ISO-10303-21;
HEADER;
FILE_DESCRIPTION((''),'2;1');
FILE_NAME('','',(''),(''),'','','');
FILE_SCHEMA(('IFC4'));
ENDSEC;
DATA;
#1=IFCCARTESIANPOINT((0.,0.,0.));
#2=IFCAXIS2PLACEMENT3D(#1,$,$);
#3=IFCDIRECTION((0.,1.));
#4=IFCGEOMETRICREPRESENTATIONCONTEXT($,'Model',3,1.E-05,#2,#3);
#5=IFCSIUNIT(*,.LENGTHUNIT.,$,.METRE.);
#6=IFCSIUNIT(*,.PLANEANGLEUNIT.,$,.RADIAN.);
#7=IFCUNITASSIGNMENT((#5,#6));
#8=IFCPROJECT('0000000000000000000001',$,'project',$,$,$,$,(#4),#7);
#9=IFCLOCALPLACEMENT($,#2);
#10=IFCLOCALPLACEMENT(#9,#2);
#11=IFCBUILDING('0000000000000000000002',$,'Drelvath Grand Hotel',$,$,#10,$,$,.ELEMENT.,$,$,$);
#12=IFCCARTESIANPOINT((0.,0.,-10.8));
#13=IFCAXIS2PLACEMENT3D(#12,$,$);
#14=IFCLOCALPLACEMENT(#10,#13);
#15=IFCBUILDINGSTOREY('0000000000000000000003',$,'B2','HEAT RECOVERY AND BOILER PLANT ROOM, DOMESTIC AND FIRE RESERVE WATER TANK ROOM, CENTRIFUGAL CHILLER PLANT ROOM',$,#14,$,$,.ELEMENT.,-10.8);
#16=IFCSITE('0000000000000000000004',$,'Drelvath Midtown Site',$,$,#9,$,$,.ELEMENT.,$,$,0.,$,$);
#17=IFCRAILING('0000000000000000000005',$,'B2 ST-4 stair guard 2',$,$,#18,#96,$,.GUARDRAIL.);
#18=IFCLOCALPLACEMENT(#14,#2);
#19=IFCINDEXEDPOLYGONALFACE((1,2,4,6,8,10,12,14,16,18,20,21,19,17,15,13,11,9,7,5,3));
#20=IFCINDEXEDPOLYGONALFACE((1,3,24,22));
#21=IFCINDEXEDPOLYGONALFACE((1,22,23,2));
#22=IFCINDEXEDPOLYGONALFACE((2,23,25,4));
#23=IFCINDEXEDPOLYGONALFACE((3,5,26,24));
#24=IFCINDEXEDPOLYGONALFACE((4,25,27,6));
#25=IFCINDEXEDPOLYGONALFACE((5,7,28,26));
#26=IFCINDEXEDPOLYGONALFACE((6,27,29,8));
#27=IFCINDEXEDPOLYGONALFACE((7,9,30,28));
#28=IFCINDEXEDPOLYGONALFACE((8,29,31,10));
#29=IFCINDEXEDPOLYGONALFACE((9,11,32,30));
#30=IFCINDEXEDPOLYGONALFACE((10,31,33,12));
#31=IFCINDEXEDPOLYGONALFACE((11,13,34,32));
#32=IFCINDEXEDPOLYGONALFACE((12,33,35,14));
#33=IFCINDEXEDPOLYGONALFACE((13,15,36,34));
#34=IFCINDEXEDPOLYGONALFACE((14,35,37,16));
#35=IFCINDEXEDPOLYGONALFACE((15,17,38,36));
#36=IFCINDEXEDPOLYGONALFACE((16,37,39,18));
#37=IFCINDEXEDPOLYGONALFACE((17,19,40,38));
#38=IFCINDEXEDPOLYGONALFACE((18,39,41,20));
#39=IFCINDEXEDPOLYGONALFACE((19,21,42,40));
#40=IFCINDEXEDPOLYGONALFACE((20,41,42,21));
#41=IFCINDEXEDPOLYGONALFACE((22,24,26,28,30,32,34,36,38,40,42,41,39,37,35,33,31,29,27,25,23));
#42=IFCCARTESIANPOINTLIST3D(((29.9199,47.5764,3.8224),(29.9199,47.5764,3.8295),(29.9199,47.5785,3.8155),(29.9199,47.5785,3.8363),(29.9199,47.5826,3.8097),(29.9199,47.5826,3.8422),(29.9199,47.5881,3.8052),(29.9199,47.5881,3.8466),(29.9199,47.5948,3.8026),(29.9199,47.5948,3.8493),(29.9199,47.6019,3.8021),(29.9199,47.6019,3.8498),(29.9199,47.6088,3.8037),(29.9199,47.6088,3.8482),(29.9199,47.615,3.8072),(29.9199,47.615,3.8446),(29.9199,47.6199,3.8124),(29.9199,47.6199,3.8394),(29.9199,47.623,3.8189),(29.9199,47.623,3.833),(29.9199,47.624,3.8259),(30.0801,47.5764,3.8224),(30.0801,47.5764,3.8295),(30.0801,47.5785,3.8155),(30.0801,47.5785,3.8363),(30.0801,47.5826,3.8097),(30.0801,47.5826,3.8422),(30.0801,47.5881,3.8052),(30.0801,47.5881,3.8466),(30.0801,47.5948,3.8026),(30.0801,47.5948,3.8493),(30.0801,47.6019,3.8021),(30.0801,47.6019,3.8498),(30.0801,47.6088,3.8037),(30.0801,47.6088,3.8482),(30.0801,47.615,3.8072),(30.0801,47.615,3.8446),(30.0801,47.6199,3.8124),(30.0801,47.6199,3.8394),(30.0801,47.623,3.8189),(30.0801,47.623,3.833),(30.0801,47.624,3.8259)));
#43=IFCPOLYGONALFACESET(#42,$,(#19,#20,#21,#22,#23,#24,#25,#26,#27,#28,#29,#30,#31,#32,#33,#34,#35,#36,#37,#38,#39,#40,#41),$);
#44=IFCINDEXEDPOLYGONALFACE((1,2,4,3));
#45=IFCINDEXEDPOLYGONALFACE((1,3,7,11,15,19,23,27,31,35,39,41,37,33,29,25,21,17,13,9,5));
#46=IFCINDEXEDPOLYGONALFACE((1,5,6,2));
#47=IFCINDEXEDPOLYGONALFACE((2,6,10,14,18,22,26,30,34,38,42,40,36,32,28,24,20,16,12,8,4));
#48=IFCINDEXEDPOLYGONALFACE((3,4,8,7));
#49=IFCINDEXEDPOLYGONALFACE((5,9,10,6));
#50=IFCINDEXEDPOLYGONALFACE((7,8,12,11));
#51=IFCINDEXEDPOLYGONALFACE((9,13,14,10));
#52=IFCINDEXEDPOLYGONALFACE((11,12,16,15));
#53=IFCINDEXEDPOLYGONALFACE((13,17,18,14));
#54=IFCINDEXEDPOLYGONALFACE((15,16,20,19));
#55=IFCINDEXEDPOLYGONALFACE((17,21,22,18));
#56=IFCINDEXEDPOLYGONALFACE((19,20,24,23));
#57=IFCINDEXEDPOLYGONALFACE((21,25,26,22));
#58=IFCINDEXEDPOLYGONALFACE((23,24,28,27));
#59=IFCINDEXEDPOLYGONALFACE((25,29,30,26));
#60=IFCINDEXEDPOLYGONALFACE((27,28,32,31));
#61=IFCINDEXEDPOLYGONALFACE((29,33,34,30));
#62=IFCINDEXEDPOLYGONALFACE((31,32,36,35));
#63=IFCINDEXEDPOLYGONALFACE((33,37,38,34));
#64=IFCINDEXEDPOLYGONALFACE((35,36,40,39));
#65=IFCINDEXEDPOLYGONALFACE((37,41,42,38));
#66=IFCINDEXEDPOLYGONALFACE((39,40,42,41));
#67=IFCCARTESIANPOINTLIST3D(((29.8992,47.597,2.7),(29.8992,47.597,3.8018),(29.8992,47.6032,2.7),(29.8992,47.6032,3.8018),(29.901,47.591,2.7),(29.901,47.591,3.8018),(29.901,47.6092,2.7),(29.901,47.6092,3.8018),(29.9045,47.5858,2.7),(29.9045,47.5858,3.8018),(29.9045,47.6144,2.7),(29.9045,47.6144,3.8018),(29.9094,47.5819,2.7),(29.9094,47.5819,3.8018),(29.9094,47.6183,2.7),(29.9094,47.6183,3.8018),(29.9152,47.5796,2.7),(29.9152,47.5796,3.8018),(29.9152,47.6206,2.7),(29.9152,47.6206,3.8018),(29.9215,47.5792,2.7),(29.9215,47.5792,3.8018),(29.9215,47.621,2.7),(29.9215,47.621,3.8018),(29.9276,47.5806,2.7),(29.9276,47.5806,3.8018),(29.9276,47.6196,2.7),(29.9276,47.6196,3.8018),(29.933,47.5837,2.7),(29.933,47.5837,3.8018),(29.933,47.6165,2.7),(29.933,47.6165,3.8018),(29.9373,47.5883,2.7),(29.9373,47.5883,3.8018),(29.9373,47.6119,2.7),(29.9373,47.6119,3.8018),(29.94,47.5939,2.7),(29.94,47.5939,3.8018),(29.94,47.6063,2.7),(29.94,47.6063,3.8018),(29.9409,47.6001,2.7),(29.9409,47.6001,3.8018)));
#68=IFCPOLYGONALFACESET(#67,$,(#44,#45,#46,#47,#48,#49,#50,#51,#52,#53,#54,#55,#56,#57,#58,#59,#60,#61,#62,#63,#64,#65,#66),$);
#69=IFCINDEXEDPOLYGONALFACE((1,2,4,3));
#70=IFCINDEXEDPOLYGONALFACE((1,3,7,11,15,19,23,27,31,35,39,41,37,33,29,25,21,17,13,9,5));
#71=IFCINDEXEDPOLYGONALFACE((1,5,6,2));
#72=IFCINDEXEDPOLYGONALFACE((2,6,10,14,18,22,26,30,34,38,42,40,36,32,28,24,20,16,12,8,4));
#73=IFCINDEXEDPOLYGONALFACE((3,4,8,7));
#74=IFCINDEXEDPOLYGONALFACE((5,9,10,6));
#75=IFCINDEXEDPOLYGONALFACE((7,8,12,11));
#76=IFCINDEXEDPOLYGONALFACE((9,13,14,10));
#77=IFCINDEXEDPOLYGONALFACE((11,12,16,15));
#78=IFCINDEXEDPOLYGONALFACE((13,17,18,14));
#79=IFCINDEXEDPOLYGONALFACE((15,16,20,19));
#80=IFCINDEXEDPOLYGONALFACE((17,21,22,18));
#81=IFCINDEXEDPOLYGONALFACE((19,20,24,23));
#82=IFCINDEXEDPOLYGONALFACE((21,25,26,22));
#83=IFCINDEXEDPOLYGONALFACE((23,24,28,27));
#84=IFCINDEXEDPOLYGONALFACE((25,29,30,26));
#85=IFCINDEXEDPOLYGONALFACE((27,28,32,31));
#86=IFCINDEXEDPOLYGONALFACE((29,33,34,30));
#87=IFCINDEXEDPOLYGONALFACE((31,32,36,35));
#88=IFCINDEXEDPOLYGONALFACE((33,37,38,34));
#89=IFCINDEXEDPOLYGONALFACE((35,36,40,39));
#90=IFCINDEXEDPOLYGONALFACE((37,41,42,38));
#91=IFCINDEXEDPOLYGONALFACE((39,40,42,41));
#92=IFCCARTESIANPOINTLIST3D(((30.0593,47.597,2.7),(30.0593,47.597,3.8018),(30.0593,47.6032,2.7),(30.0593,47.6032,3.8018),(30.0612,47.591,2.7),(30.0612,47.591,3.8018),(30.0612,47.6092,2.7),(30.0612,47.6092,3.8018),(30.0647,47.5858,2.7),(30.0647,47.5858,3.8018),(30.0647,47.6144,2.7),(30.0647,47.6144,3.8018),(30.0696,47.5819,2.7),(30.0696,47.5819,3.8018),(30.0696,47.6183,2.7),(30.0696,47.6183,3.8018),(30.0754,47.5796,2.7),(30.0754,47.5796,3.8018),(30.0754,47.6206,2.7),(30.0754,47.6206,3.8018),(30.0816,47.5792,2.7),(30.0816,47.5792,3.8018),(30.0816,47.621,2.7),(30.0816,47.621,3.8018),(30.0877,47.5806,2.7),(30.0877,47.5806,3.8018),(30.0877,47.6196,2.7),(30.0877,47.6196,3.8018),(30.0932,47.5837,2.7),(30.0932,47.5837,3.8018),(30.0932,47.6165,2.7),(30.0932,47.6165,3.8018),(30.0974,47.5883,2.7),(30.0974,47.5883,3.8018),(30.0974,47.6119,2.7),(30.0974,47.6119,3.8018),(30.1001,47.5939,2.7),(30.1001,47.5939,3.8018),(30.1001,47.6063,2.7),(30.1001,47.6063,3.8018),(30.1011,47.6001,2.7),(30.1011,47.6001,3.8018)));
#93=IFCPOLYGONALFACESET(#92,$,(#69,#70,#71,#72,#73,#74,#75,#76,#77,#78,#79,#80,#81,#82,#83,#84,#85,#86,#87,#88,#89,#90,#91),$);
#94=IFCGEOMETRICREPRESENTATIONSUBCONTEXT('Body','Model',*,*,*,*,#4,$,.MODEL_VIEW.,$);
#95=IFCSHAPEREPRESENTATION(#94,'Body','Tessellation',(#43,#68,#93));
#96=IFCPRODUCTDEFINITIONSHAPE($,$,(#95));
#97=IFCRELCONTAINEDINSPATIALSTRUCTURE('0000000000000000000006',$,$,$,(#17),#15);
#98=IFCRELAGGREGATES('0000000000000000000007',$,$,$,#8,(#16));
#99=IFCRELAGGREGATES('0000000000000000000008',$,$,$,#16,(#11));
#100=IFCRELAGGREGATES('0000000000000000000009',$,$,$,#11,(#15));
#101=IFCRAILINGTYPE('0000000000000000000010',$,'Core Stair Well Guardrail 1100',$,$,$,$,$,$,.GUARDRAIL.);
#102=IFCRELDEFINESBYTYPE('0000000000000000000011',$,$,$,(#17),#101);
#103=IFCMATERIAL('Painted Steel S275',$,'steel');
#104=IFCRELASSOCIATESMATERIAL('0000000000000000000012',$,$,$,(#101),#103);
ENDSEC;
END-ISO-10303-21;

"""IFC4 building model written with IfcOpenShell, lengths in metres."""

from ifc_helpers import new_model, si_unit, direction, frame, origin, origin_2d, place, context, subcontext, project, spatial, circle, extrude, material, type_object, element, save


model = new_model("IFC4")

# Units and contexts
model_context = context("Model", 3, precision=1e-05, world=origin(), true_north=direction((0.0, 1.0)))
body_context = subcontext(model_context, "Body", "Model", "MODEL_VIEW")
ifc_project = project(units=[si_unit("LENGTHUNIT", "METRE"), si_unit("PLANEANGLEUNIT", "RADIAN")], contexts=[model_context])

# Site, building, storey
site_placement = place(None, origin())
site = spatial("IfcSite", under=ifc_project, at=site_placement, Name="Drelvath Midtown Site", CompositionType="ELEMENT", RefElevation=0.0)
building_placement = place(site_placement, origin())
building = spatial("IfcBuilding", under=site, at=building_placement, Name="Drelvath Grand Hotel", CompositionType="ELEMENT")
storey_placement = place(building_placement, frame((0.0, 0.0, -10.8)))
storey = spatial("IfcBuildingStorey", under=building, at=storey_placement, Name="B2", Description="HEAT RECOVERY AND BOILER PLANT ROOM, DOMESTIC AND FIRE RESERVE WATER TANK ROOM, CENTRIFUGAL CHILLER PLANT ROOM", CompositionType="ELEMENT", Elevation=-10.8)

# Shared definitions
ifc_material_1 = material(Name="Painted Steel S275", Category="steel")

# Railing
railing_type = type_object("IfcRailingType", Name="Core Stair Well Guardrail 1100", PredefinedType="GUARDRAIL", material=ifc_material_1)
railing_placement = place(storey_placement, frame((29.9199, 47.6001, 2.7)))
element("IfcRailing", 1, at=railing_placement, inside=storey, type_object=railing_type, Name="B2 ST-4 stair guard 2", PredefinedType="GUARDRAIL", context=body_context, shape_type="SweptSolid", body=[
    extrude(circle(Radius=0.0239, at=origin_2d()), frame((0.0, 0.0, 1.126), z_axis=(1.0, 0.0, 0.0), x_axis=(0.0, 1.0, 0.0)), (0.0, 0.0, 1.0), 0.1602),
    extrude(circle(Radius=0.021, at=origin_2d()), origin(), (0.0, 0.0, 1.0), 1.1018),
    extrude(circle(Radius=0.021, at=origin_2d()), frame((0.1602, 0.0, 0.0)), (0.0, 0.0, 1.0), 1.1018),
])

save(model, "model.ifc")
